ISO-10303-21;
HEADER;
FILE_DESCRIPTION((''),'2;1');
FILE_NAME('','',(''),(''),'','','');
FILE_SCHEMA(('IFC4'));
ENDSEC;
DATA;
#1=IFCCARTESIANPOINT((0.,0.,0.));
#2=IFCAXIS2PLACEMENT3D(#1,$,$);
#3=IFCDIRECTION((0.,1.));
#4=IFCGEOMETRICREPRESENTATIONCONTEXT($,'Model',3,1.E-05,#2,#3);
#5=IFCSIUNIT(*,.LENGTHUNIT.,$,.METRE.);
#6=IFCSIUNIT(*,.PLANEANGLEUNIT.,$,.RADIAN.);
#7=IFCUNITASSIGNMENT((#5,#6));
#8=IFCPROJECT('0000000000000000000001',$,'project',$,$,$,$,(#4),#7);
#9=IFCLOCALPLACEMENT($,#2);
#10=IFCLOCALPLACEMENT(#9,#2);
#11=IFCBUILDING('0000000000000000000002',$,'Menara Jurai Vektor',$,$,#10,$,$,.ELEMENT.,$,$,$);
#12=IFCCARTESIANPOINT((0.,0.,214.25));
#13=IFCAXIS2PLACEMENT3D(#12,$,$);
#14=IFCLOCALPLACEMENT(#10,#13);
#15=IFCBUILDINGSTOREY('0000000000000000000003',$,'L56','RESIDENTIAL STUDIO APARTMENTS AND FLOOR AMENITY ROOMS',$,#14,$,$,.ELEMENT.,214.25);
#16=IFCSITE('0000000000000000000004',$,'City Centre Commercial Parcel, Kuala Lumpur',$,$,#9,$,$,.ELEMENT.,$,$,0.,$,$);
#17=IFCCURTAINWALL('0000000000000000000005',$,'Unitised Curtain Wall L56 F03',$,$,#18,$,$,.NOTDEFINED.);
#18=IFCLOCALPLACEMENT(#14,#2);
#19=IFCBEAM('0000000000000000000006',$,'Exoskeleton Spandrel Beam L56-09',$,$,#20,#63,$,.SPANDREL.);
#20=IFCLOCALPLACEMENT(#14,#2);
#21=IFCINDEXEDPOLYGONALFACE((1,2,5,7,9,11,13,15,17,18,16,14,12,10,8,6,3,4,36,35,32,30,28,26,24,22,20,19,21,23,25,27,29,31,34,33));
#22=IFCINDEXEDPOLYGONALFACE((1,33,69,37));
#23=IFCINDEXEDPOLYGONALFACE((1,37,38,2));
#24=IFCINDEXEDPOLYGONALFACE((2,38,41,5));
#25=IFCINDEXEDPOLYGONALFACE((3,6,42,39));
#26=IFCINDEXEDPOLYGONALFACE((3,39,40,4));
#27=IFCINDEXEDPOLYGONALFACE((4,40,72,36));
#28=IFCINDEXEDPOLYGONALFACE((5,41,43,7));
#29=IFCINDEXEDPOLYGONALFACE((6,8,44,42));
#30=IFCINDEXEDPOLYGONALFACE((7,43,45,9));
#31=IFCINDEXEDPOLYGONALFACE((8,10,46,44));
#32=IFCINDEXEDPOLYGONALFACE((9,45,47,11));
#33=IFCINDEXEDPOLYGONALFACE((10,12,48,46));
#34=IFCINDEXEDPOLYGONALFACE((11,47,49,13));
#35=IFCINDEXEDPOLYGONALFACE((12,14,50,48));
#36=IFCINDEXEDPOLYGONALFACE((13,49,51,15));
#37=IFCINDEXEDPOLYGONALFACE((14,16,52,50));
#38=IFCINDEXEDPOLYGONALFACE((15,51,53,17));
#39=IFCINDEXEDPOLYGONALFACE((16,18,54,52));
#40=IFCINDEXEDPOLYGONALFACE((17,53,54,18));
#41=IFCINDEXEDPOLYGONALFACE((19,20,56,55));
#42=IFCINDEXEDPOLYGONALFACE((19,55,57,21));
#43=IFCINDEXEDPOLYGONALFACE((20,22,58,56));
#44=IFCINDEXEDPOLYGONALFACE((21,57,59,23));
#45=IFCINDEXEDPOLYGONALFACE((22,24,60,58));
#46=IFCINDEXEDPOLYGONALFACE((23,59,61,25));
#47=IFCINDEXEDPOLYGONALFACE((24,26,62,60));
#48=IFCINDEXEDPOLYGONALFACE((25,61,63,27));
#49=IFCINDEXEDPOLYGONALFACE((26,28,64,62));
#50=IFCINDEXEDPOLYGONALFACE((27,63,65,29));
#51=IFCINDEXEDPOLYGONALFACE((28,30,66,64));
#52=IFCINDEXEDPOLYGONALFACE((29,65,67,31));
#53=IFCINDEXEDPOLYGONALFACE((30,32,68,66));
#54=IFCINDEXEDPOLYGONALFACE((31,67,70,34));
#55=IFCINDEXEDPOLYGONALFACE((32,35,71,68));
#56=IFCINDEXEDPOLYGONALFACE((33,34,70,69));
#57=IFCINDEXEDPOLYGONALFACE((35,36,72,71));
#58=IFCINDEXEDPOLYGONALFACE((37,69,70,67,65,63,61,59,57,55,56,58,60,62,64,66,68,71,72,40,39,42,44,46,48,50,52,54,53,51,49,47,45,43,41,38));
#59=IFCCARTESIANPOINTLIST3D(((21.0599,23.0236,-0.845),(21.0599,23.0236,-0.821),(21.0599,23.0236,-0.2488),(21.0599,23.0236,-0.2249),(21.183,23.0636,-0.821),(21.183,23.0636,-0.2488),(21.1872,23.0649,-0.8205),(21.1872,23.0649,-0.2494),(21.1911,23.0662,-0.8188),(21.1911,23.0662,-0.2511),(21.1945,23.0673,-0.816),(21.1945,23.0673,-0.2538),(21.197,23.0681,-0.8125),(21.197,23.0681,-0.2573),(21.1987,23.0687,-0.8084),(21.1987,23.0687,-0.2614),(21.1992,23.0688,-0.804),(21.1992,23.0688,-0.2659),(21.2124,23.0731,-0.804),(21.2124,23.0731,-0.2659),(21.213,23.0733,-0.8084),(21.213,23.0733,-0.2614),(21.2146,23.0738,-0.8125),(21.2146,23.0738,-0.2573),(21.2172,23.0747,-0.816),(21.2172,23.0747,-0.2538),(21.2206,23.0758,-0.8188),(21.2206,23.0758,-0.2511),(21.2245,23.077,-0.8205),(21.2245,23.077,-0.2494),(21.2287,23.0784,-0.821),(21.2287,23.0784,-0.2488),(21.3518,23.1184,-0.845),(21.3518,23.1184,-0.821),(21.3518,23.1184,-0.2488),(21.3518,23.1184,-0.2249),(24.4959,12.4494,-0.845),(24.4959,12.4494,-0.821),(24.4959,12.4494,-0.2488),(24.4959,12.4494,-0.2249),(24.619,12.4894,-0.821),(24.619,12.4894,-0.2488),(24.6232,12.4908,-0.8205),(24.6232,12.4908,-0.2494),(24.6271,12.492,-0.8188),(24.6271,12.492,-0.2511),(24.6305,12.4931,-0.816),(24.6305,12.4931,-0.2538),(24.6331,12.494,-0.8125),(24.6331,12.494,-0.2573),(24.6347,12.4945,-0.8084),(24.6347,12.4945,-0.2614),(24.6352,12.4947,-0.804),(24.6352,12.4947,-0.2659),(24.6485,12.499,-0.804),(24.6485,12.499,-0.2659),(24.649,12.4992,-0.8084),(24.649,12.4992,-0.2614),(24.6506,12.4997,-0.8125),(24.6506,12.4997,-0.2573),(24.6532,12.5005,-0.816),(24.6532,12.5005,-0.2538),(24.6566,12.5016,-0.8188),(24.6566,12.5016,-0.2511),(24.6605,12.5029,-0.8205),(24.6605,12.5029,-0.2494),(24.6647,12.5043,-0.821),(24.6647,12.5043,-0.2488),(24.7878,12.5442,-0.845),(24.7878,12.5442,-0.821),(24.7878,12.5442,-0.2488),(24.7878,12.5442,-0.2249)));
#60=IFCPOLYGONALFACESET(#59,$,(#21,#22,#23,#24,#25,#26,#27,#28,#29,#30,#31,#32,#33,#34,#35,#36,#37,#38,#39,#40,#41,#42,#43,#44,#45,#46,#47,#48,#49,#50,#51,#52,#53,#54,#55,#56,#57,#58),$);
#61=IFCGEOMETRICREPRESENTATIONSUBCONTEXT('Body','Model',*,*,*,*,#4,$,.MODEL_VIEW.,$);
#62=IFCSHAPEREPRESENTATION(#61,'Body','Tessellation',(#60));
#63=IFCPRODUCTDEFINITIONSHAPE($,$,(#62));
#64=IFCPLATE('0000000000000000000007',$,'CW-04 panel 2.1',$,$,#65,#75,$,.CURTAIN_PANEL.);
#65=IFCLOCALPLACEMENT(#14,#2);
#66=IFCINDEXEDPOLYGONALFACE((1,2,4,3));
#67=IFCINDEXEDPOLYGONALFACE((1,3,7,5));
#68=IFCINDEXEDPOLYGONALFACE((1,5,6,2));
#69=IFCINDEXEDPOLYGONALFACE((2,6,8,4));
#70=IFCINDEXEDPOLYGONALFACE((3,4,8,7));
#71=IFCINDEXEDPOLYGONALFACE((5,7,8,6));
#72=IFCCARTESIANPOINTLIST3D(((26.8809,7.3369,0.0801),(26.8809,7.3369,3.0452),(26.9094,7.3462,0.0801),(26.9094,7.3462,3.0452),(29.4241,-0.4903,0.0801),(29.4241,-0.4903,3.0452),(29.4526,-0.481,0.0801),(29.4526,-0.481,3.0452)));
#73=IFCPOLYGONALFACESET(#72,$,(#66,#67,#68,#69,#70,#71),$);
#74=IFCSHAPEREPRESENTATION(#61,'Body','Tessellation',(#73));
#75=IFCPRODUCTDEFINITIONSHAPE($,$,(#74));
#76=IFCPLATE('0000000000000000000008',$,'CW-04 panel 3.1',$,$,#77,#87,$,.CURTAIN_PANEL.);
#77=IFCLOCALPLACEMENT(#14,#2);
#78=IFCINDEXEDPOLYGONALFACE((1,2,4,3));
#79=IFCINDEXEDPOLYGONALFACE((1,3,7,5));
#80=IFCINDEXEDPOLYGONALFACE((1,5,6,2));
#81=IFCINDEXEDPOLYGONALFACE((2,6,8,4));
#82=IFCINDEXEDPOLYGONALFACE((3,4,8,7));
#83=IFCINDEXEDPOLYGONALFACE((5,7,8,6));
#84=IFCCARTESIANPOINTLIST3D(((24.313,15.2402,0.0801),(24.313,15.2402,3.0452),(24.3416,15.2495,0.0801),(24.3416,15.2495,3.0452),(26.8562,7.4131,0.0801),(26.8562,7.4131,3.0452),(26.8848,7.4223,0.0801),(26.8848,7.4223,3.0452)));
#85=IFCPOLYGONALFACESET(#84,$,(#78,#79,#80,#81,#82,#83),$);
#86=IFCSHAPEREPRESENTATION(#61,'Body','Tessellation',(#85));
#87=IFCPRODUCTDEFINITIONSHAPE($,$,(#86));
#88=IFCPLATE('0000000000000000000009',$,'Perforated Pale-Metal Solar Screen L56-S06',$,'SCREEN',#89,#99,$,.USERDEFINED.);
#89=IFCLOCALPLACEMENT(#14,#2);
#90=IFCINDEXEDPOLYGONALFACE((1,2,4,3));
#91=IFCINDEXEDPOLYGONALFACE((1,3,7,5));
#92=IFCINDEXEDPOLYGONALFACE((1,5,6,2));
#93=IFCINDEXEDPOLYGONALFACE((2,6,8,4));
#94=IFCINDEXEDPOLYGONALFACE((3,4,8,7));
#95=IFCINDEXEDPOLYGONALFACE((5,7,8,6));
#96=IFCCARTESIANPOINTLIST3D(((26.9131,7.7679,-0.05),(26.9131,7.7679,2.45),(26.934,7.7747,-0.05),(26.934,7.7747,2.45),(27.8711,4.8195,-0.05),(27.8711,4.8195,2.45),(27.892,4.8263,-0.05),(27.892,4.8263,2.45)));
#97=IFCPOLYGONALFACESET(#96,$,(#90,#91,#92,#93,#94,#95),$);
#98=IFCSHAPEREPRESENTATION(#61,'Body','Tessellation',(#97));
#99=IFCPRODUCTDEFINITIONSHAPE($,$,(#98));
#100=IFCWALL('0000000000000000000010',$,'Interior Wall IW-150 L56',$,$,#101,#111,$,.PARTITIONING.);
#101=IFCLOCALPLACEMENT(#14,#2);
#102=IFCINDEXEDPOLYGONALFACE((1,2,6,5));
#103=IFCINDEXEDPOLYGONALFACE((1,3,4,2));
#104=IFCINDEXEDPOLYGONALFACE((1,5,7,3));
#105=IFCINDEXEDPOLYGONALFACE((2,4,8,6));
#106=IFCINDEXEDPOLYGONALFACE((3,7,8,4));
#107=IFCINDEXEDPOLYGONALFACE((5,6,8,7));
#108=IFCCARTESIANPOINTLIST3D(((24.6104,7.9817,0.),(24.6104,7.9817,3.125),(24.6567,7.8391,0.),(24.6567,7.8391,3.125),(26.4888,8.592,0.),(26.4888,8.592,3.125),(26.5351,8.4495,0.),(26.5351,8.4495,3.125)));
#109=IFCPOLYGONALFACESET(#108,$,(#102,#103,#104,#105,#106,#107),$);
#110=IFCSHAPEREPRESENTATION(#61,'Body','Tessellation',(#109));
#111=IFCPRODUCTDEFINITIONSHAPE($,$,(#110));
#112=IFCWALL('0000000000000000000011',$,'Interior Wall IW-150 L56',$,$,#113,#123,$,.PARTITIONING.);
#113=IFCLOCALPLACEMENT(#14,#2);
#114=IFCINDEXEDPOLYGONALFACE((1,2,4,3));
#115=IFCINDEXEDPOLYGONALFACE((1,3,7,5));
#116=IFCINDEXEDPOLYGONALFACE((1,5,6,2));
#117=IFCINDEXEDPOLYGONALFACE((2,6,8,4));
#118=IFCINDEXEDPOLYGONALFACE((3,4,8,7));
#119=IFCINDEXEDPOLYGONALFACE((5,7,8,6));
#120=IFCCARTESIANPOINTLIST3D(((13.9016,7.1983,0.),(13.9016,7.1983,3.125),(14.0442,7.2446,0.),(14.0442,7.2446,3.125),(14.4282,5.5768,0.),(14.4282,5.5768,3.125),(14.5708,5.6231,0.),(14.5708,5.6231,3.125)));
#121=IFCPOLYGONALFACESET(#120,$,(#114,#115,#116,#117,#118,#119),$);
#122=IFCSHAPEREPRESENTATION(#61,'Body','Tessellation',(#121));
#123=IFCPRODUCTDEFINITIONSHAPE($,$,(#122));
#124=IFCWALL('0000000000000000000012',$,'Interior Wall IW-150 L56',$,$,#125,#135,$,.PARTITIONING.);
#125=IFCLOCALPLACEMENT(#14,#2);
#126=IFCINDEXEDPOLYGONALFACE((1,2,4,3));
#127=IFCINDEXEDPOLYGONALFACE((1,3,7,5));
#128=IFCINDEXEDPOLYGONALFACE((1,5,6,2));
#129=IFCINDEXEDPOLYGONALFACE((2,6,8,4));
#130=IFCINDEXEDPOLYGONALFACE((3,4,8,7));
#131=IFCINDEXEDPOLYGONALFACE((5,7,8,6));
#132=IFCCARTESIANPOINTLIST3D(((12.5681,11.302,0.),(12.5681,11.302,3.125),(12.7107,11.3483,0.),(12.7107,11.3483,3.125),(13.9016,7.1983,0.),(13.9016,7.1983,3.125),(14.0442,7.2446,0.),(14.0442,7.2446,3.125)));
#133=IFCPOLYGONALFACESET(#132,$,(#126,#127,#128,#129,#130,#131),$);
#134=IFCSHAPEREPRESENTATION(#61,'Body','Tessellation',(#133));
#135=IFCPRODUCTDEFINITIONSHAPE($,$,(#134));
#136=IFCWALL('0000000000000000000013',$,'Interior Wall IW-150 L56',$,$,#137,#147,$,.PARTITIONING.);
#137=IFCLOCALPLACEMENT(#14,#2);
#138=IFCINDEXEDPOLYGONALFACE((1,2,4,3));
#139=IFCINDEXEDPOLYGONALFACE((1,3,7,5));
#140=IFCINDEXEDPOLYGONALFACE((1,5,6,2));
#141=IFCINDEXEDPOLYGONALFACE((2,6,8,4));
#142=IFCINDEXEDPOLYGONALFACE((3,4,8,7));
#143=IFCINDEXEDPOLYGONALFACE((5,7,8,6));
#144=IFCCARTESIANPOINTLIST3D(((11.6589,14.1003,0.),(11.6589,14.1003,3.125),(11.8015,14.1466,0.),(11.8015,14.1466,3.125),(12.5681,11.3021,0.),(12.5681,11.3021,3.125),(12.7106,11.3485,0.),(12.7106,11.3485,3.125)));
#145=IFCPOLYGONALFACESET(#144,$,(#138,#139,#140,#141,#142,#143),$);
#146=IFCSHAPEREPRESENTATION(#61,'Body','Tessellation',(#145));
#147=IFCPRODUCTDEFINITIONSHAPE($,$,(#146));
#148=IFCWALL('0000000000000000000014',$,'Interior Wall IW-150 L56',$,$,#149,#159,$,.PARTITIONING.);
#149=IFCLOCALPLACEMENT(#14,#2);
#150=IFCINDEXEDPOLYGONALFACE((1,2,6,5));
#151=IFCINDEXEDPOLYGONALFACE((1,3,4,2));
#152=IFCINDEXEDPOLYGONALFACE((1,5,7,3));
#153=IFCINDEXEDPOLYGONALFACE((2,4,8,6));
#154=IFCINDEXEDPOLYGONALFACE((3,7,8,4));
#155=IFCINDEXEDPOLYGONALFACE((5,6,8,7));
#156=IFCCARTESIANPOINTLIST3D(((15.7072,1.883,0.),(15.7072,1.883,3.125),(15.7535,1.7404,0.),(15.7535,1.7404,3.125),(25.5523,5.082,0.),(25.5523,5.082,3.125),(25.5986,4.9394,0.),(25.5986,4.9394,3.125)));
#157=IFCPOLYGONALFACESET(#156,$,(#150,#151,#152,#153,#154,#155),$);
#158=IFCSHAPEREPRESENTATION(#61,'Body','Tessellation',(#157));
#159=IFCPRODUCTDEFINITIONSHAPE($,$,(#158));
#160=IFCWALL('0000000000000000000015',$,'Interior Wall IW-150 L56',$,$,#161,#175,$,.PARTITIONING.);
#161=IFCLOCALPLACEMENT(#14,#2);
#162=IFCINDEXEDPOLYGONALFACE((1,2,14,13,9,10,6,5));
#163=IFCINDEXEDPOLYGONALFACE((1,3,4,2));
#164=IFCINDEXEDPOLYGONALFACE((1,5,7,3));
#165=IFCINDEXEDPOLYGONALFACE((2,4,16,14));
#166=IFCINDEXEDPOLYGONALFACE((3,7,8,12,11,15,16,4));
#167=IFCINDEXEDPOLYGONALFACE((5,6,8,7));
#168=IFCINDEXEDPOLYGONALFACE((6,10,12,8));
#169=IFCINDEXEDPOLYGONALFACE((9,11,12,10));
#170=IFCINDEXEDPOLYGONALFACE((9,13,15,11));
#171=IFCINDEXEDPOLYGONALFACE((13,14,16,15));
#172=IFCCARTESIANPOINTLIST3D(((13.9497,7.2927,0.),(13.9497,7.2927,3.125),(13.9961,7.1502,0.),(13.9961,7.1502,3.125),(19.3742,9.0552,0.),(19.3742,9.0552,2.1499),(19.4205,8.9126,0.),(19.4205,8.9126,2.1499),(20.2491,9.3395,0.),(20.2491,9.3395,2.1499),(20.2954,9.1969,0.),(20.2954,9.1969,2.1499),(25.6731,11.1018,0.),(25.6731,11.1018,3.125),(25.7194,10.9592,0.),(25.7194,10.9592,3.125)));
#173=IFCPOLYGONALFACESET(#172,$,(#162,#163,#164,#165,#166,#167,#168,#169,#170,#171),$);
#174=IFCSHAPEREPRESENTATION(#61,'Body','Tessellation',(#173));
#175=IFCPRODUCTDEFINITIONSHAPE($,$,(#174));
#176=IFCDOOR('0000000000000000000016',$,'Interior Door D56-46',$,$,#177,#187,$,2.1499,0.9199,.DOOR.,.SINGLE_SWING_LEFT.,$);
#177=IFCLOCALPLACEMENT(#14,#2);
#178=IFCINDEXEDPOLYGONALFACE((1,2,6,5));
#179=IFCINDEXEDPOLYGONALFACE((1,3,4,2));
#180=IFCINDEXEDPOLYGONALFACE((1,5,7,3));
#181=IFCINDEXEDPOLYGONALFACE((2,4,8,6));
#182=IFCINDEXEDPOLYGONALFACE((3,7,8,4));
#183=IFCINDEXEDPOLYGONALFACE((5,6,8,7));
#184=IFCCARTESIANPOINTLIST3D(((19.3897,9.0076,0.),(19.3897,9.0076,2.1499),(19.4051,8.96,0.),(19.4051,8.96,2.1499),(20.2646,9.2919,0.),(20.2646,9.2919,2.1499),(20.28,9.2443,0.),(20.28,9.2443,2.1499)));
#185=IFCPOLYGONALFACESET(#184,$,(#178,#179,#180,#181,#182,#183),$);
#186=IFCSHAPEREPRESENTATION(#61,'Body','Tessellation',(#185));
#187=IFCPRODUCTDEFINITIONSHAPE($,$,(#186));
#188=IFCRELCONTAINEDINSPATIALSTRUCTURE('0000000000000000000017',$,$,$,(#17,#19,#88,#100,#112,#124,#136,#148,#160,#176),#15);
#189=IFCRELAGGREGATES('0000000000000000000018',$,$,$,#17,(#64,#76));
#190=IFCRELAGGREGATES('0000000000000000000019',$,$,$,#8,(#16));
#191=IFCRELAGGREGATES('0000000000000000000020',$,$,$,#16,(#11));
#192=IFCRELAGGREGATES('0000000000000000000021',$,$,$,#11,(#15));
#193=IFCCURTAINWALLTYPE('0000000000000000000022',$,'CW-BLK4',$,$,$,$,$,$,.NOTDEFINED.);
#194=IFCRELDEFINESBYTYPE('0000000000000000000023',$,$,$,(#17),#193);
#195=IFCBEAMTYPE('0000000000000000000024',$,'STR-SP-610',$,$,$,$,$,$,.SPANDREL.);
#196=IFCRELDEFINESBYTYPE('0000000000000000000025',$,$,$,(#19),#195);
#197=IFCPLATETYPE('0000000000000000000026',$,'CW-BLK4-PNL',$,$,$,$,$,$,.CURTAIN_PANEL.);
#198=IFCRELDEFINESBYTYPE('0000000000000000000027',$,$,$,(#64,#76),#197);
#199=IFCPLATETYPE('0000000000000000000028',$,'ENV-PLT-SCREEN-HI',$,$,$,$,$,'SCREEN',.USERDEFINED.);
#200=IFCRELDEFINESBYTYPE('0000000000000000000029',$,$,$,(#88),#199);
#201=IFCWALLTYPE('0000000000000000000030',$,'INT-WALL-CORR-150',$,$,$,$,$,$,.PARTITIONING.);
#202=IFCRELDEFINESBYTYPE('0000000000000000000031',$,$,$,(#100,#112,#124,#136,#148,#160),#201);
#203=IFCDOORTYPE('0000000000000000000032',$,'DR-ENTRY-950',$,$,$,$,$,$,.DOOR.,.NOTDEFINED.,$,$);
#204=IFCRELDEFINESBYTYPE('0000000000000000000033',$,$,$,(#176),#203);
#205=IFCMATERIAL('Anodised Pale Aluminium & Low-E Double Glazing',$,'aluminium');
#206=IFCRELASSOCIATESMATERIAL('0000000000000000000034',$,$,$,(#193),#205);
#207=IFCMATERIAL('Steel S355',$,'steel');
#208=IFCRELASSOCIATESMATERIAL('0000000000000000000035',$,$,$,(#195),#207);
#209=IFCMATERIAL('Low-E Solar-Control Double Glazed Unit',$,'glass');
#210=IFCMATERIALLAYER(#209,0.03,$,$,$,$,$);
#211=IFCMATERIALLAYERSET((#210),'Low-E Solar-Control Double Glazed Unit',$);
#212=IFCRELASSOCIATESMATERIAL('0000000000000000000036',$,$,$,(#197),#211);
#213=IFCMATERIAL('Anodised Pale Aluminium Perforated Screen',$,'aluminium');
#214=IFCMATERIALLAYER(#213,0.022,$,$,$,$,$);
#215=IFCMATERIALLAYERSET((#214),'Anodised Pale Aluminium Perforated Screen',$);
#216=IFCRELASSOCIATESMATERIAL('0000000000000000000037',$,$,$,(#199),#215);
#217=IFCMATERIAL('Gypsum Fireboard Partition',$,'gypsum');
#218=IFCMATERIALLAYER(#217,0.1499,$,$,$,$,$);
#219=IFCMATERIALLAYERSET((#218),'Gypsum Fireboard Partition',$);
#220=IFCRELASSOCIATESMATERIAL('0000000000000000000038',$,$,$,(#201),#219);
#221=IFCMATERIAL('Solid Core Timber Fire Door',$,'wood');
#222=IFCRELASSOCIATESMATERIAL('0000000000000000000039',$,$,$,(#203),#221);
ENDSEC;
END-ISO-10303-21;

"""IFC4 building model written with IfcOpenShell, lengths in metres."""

from ifc_helpers import new_model, si_unit, direction, frame, frame_2d, origin, origin_2d, place, context, subcontext, project, spatial, rectangle, i_section, extrude, material, layer, layer_set, material_profile, profile_set, type_object, element, fill, aggregate, save


model = new_model("IFC4")

# Units and contexts
model_context = context("Model", 3, precision=1e-05, world=origin(), true_north=direction((0.0, 1.0)))
body_context = subcontext(model_context, "Body", "Model", "MODEL_VIEW")
ifc_project = project(units=[si_unit("LENGTHUNIT", "METRE"), si_unit("PLANEANGLEUNIT", "RADIAN")], contexts=[model_context])

# Site, building, storey
site_placement = place(None, origin())
site = spatial("IfcSite", under=ifc_project, at=site_placement, Name="City Centre Commercial Parcel, Kuala Lumpur", CompositionType="ELEMENT", RefElevation=0.0)
building_placement = place(site_placement, origin())
building = spatial("IfcBuilding", under=site, at=building_placement, Name="Menara Jurai Vektor", CompositionType="ELEMENT")
storey_placement = place(building_placement, frame((0.0, 0.0, 214.25)))
storey = spatial("IfcBuildingStorey", under=building, at=storey_placement, Name="L56", Description="RESIDENTIAL STUDIO APARTMENTS AND FLOOR AMENITY ROOMS", CompositionType="ELEMENT", Elevation=214.25)

# Curtain wall
ifc_material_1 = material(Name="Anodised Pale Aluminium & Low-E Double Glazing", Category="aluminium")
curtain_wall_type = type_object("IfcCurtainWallType", Name="CW-BLK4", PredefinedType="NOTDEFINED", material=ifc_material_1)
curtain_wall_placement = place(storey_placement, origin())
curtain_wall = element("IfcCurtainWall", 1, at=curtain_wall_placement, inside=storey, type_object=curtain_wall_type, Name="Unitised Curtain Wall L56 F03", PredefinedType="NOTDEFINED")

# Beam
ifc_material_2 = material(Name="Steel S355", Category="steel")
ifc_material_profile_1 = material_profile(ifc_material_2, i_section(OverallWidth=0.3069, OverallDepth=0.6201, WebThickness=0.0139, FlangeThickness=0.0239, FilletRadius=0.0171, at=origin_2d()), Name="UKB 610x305x179")
ifc_profile_set_1 = profile_set([ifc_material_profile_1], Name="Steel S355")
beam_type_1 = type_object("IfcBeamType", Name="STR-SP-610", PredefinedType="SPANDREL", material=ifc_profile_set_1)
beam_1_placement = place(storey_placement, frame((24.6418, 12.4968, -0.5349), z_axis=(-0.309038, 0.95105, 0.0), x_axis=(-0.95105, -0.309038, 0.0)))
element("IfcBeam", 2, at=beam_1_placement, inside=storey, type_object=beam_type_1, Name="Exoskeleton Spandrel Beam L56-09", PredefinedType="SPANDREL", context=body_context, shape_type="SweptSolid", body=[
    extrude(i_section(OverallWidth=0.3069, OverallDepth=0.6201, WebThickness=0.0139, FlangeThickness=0.0239, FilletRadius=0.0171, at=origin_2d()), origin(), (0.0, 0.0, 1.0), 11.1184),
])

# Plates
ifc_material_3 = material(Name="Low-E Solar-Control Double Glazed Unit", Category="glass")
ifc_layer_1 = layer(ifc_material_3, 0.03)
ifc_layer_set_1 = layer_set([ifc_layer_1], Name="Low-E Solar-Control Double Glazed Unit")
plate_type_1 = type_object("IfcPlateType", Name="CW-BLK4-PNL", PredefinedType="CURTAIN_PANEL", material=ifc_layer_set_1)
plate_1_placement = place(storey_placement, frame((28.1667, 3.428, 0.0801), z_axis=(0.0, 0.0, 1.0), x_axis=(-0.309016, 0.951057, 0.0)))
plate_1 = element("IfcPlate", 3, at=plate_1_placement, type_object=plate_type_1, Name="CW-04 panel 2.1", PredefinedType="CURTAIN_PANEL", context=body_context, shape_type="SweptSolid", body=[
    extrude(rectangle(XDim=8.23, YDim=0.03, at=origin_2d()), origin(), (0.0, 0.0, 1.0), 2.9651),
])
plate_2_placement = place(storey_placement, frame((25.5989, 11.3313, 0.0801), z_axis=(0.0, 0.0, 1.0), x_axis=(-0.309016, 0.951057, 0.0)))
plate_2 = element("IfcPlate", 4, at=plate_2_placement, type_object=plate_type_1, Name="CW-04 panel 3.1", PredefinedType="CURTAIN_PANEL", context=body_context, shape_type="SweptSolid", body=[
    extrude(rectangle(XDim=8.23, YDim=0.03, at=origin_2d()), origin(), (0.0, 0.0, 1.0), 2.9651),
])
aggregate(curtain_wall, [plate_1, plate_2])
ifc_material_4 = material(Name="Anodised Pale Aluminium Perforated Screen", Category="aluminium")
ifc_layer_2 = layer(ifc_material_4, 0.022)
ifc_layer_set_2 = layer_set([ifc_layer_2], Name="Anodised Pale Aluminium Perforated Screen")
plate_type_2 = type_object("IfcPlateType", Name="ENV-PLT-SCREEN-HI", ElementType="SCREEN", PredefinedType="USERDEFINED", material=ifc_layer_set_2)
plate_3_placement = place(storey_placement, frame((27.4026, 6.2971, -0.05), z_axis=(0.0, 0.0, 1.0), x_axis=(-0.309017, 0.951057, 0.0)))
element("IfcPlate", 5, at=plate_3_placement, inside=storey, type_object=plate_type_2, Name="Perforated Pale-Metal Solar Screen L56-S06", ObjectType="SCREEN", PredefinedType="USERDEFINED", context=body_context, shape_type="SweptSolid", body=[
    extrude(rectangle(XDim=3.1001, YDim=0.022, at=origin_2d()), origin(), (0.0, 0.0, 1.0), 2.5),
])

# Shared definitions
ifc_material_5 = material(Name="Gypsum Fireboard Partition", Category="gypsum")
ifc_layer_3 = layer(ifc_material_5, 0.1499)
ifc_layer_set_3 = layer_set([ifc_layer_3], Name="Gypsum Fireboard Partition")
wall_type_1 = type_object("IfcWallType", Name="INT-WALL-CORR-150", PredefinedType="PARTITIONING", material=ifc_layer_set_3)
ifc_material_6 = material(Name="Solid Core Timber Fire Door", Category="wood")
door_type = type_object("IfcDoorType", Name="DR-ENTRY-950", OperationType="NOTDEFINED", PredefinedType="DOOR", material=ifc_material_6)

# Walls
wall_1_placement = place(storey_placement, frame((24.6335, 7.9104, 0.0), z_axis=(0.0, 0.0, 1.0), x_axis=(0.951054, 0.309025, 0.0)))
element("IfcWall", 6, at=wall_1_placement, inside=storey, type_object=wall_type_1, Name="Interior Wall IW-150 L56", PredefinedType="PARTITIONING", context=body_context, shape_type="SweptSolid", body=[
    extrude(rectangle(XDim=1.9751, YDim=0.1499, at=frame_2d((0.9875, 0.0))), origin(), (0.0, 0.0, 1.0), 3.125),
])
wall_2_placement = place(storey_placement, frame((14.4995, 5.5999, 0.0), z_axis=(0.0, 0.0, 1.0), x_axis=(-0.308872, 0.951103, 0.0)))
element("IfcWall", 7, at=wall_2_placement, inside=storey, type_object=wall_type_1, Name="Interior Wall IW-150 L56", PredefinedType="PARTITIONING", context=body_context, shape_type="SweptSolid", body=[
    extrude(rectangle(XDim=1.7048, YDim=0.1499, at=frame_2d((0.8525, 0.0))), origin(), (0.0, 0.0, 1.0), 3.125),
])
wall_3_placement = place(storey_placement, frame((13.9729, 7.2214, 0.0), z_axis=(0.0, 0.0, 1.0), x_axis=(-0.309039, 0.951049, 0.0)))
element("IfcWall", 8, at=wall_3_placement, inside=storey, type_object=wall_type_1, Name="Interior Wall IW-150 L56", PredefinedType="PARTITIONING", context=body_context, shape_type="SweptSolid", body=[
    extrude(rectangle(XDim=4.3149, YDim=0.1499, at=frame_2d((2.1575, 0.0))), origin(), (0.0, 0.0, 1.0), 3.125),
])
wall_4_placement = place(storey_placement, frame((12.6394, 11.3252, 0.0), z_axis=(0.0, 0.0, 1.0), x_axis=(-0.309024, 0.951054, 0.0)))
element("IfcWall", 9, at=wall_4_placement, inside=storey, type_object=wall_type_1, Name="Interior Wall IW-150 L56", PredefinedType="PARTITIONING", context=body_context, shape_type="SweptSolid", body=[
    extrude(rectangle(XDim=2.9421, YDim=0.1499, at=frame_2d((1.4712, 0.0))), origin(), (0.0, 0.0, 1.0), 3.125),
])
wall_5_placement = place(storey_placement, frame((15.7305, 1.8118, 0.0), z_axis=(0.0, 0.0, 1.0), x_axis=(0.951055, 0.309023, 0.0)))
element("IfcWall", 10, at=wall_5_placement, inside=storey, type_object=wall_type_1, Name="Interior Wall IW-150 L56", PredefinedType="PARTITIONING", context=body_context, shape_type="SweptSolid", body=[
    extrude(rectangle(XDim=10.3518, YDim=0.1499, at=frame_2d((5.1758, 0.0))), origin(), (0.0, 0.0, 1.0), 3.125),
])

# Wall, opening, door
wall_6_placement = place(storey_placement, frame((13.9729, 7.2214, 0.0), z_axis=(0.0, 0.0, 1.0), x_axis=(0.951058, 0.309011, 0.0)))
wall_6 = element("IfcWall", 11, at=wall_6_placement, inside=storey, type_object=wall_type_1, Name="Interior Wall IW-150 L56", PredefinedType="PARTITIONING", context=body_context, shape_type="SweptSolid", body=[
    extrude(rectangle(XDim=12.3267, YDim=0.1499, at=frame_2d((6.1633, 0.0))), origin(), (0.0, 0.0, 1.0), 3.125),
])
opening_1_placement = place(wall_6_placement, frame((5.7036, 0.0, 0.0)))
opening_1 = element("IfcOpeningElement", 12, at=opening_1_placement, cuts=wall_6, PredefinedType="OPENING", context=body_context, shape_type="SweptSolid", body=[
    extrude(rectangle(XDim=0.9199, YDim=2.1499, at=frame_2d((0.46, 1.075))), frame((0.0, 0.085, 0.0), z_axis=(0.0, -1.0, 0.0), x_axis=(1.0, 0.0, 0.0)), (0.0, 0.0, 1.0), 0.1699),
])
door_1_placement = place(opening_1_placement, origin())
door_1 = element("IfcDoor", 13, at=door_1_placement, inside=storey, type_object=door_type, Name="Interior Door D56-46", OperationType="SINGLE_SWING_LEFT", OverallHeight=2.1499, OverallWidth=0.9199, PredefinedType="DOOR", context=body_context, shape_type="SweptSolid", body=[
    extrude(rectangle(XDim=0.9199, YDim=2.1499, at=frame_2d((0.46, 1.075))), frame((0.0, 0.0249, 0.0), z_axis=(0.0, -1.0, 0.0), x_axis=(1.0, 0.0, 0.0)), (0.0, 0.0, 1.0), 0.05),
])
fill(opening_1, door_1)

save(model, "model.ifc")
